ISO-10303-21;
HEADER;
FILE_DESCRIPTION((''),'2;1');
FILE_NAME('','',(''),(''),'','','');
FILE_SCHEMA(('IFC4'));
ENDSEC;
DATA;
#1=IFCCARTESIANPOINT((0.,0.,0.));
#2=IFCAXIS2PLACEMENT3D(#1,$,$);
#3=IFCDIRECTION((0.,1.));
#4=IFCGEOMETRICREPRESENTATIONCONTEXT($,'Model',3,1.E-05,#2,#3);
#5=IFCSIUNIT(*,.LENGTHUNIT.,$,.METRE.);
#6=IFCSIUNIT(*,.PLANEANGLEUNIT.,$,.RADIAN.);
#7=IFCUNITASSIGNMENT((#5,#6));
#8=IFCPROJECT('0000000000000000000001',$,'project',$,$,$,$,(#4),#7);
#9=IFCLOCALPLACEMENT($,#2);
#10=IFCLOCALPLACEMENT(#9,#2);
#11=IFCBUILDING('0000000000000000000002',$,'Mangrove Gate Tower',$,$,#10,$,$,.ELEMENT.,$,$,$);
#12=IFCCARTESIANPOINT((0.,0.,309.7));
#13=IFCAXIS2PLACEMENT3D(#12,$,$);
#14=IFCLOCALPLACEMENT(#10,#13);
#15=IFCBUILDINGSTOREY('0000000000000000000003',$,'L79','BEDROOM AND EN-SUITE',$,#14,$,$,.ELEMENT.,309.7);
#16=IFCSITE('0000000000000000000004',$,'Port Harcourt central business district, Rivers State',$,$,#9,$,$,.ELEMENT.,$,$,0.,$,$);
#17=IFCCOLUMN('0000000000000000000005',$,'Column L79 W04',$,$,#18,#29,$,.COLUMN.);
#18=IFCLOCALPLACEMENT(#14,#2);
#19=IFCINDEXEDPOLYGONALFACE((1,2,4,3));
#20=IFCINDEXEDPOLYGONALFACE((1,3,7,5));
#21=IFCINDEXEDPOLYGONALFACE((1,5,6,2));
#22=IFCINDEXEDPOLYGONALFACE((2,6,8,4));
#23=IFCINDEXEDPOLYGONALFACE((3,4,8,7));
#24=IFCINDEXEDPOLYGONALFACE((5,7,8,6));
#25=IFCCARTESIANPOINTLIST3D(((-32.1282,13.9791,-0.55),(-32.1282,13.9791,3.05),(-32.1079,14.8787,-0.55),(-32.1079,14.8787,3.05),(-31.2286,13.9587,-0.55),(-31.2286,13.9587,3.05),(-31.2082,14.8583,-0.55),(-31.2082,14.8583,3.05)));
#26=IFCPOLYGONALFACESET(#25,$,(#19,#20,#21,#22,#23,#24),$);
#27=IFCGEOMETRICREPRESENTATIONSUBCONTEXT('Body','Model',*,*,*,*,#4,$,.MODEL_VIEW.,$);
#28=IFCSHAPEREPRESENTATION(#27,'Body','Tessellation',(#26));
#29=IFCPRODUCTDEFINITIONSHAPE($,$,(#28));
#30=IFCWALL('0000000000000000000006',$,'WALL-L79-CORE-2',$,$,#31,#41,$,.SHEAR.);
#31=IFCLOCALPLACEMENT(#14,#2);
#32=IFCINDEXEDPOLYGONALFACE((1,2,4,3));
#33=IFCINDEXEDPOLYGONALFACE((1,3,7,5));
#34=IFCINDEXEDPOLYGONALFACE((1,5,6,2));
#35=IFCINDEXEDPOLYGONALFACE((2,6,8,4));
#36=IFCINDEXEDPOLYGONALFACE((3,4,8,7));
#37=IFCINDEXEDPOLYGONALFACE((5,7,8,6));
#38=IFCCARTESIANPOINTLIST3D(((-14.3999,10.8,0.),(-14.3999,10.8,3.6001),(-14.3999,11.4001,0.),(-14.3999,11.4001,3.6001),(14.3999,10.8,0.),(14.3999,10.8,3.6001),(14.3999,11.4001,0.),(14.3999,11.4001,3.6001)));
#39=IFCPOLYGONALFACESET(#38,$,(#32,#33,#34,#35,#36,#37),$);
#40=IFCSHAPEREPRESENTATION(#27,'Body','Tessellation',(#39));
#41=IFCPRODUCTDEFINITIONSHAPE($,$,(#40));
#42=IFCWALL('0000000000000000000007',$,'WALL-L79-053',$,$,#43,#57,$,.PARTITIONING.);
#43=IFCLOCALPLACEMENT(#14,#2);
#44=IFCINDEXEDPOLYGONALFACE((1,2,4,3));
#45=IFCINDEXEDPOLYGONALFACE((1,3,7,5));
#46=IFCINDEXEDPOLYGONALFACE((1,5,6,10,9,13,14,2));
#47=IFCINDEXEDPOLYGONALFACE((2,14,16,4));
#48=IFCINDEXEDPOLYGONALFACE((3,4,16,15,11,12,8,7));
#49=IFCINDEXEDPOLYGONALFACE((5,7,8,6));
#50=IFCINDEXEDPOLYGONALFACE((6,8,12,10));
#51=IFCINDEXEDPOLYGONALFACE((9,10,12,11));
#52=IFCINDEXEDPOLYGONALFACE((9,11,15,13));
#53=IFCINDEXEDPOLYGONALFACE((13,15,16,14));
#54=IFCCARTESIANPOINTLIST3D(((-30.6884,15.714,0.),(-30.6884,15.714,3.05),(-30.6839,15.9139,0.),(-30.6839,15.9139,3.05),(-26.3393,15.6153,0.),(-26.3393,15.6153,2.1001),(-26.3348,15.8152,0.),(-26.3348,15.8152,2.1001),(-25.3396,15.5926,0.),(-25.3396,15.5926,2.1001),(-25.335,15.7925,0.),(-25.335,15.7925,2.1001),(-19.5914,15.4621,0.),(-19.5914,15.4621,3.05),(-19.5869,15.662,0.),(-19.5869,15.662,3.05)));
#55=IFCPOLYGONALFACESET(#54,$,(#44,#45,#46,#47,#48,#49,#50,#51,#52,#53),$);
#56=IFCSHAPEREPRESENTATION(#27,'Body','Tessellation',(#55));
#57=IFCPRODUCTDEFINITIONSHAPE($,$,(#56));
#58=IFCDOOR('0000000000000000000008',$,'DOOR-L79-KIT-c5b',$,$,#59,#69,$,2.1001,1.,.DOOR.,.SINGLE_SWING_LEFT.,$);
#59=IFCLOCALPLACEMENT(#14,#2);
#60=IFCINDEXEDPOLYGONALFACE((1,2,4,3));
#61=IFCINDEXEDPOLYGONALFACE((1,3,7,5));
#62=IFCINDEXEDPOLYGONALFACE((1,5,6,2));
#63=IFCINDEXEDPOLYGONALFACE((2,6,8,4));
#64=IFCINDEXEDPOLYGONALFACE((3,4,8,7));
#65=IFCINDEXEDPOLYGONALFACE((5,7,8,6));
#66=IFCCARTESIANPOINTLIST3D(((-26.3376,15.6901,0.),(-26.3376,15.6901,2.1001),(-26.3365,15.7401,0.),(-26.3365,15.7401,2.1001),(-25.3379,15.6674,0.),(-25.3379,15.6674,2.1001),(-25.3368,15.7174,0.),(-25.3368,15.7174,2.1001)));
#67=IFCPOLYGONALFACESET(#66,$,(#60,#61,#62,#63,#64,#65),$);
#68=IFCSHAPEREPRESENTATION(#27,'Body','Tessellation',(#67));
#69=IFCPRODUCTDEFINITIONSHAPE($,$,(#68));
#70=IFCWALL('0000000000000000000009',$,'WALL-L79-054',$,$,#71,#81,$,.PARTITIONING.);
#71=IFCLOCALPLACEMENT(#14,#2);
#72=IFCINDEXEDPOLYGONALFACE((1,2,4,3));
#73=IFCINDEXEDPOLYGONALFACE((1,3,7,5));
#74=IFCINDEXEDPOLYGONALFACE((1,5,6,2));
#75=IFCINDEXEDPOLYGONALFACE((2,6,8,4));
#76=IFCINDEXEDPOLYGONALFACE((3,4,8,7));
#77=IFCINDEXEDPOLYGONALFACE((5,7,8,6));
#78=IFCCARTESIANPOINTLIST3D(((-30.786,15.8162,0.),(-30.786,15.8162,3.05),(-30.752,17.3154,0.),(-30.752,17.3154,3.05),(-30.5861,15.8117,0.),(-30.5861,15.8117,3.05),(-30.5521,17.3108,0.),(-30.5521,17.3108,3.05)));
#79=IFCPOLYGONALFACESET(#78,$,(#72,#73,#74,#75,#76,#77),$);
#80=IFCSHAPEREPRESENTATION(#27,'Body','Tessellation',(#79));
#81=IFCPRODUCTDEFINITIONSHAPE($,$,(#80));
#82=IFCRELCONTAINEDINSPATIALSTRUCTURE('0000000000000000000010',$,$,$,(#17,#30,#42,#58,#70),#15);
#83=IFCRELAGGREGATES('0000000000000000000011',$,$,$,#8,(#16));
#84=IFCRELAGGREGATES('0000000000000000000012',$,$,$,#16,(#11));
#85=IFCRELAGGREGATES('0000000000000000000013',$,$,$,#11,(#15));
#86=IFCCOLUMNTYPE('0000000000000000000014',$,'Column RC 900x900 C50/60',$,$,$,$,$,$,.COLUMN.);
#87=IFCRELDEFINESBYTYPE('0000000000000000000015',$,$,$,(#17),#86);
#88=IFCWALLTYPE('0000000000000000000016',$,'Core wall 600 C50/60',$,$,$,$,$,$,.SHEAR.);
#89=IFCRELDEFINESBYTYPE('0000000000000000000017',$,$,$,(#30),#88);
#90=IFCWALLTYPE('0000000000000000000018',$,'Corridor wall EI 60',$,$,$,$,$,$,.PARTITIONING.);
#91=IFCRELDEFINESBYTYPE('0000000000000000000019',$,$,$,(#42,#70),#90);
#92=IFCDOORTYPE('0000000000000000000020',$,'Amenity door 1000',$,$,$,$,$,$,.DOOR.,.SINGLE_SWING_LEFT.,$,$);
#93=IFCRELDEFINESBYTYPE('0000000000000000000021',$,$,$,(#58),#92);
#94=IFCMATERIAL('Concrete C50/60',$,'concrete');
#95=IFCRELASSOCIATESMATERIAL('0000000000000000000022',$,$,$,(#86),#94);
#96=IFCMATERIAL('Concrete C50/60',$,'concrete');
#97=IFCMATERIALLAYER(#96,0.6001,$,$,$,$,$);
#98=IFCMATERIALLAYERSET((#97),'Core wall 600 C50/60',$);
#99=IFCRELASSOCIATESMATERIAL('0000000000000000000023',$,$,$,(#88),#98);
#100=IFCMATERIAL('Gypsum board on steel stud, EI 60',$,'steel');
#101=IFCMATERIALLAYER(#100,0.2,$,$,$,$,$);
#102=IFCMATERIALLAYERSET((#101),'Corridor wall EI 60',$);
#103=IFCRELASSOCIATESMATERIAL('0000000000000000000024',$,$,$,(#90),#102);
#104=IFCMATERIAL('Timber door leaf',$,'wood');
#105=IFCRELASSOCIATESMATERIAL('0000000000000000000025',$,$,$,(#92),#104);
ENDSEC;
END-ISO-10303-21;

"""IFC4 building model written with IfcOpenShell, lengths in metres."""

from ifc_helpers import new_model, si_unit, direction, frame, frame_2d, origin, origin_2d, place, context, subcontext, project, spatial, rectangle, extrude, material, layer, layer_set, material_profile, profile_set, type_object, element, fill, save


model = new_model("IFC4")

# Units and contexts
model_context = context("Model", 3, precision=1e-05, world=origin(), true_north=direction((0.0, 1.0)))
body_context = subcontext(model_context, "Body", "Model", "MODEL_VIEW")
ifc_project = project(units=[si_unit("LENGTHUNIT", "METRE"), si_unit("PLANEANGLEUNIT", "RADIAN")], contexts=[model_context])

# Site, building, storey
site_placement = place(None, origin())
site = spatial("IfcSite", under=ifc_project, at=site_placement, Name="Port Harcourt central business district, Rivers State", CompositionType="ELEMENT", RefElevation=0.0)
building_placement = place(site_placement, origin())
building = spatial("IfcBuilding", under=site, at=building_placement, Name="Mangrove Gate Tower", CompositionType="ELEMENT")
storey_placement = place(building_placement, frame((0.0, 0.0, 309.7)))
storey = spatial("IfcBuildingStorey", under=building, at=storey_placement, Name="L79", Description="BEDROOM AND EN-SUITE", CompositionType="ELEMENT", Elevation=309.7)

# Column
ifc_material_1 = material(Name="Concrete C50/60", Category="concrete")
ifc_material_profile = material_profile(ifc_material_1, rectangle(XDim=0.8999, YDim=0.8999, at=origin_2d()))
ifc_profile_set = profile_set([ifc_material_profile], Name="Concrete C50/60")
column_type = type_object("IfcColumnType", Name="Column RC 900x900 C50/60", PredefinedType="COLUMN", material=ifc_profile_set)
column_placement = place(storey_placement, frame((-31.6682, 14.4187, -0.55), z_axis=(0.0, 0.0, 1.0), x_axis=(-0.022656, -0.999743, 0.0)))
element("IfcColumn", 1, at=column_placement, inside=storey, type_object=column_type, Name="Column L79 W04", PredefinedType="COLUMN", context=body_context, shape_type="SweptSolid", body=[
    extrude(rectangle(XDim=0.8999, YDim=0.8999, at=origin_2d()), origin(), (0.0, 0.0, 1.0), 3.6001),
])

# Wall
ifc_material_2 = material(Name="Concrete C50/60", Category="concrete")
ifc_layer_1 = layer(ifc_material_2, 0.6001)
ifc_layer_set_1 = layer_set([ifc_layer_1], Name="Core wall 600 C50/60")
wall_type_1 = type_object("IfcWallType", Name="Core wall 600 C50/60", PredefinedType="SHEAR", material=ifc_layer_set_1)
wall_1_placement = place(storey_placement, frame((-14.3999, 11.1001, 0.0), z_axis=(0.0, 0.0, 1.0), x_axis=(1.0, 0.0, 0.0)))
element("IfcWall", 2, at=wall_1_placement, inside=storey, type_object=wall_type_1, Name="WALL-L79-CORE-2", PredefinedType="SHEAR", context=body_context, shape_type="SweptSolid", body=[
    extrude(rectangle(XDim=28.7998, YDim=0.6001, at=frame_2d((14.3999, 0.0))), origin(), (0.0, 0.0, 1.0), 3.6001),
])

# Wall, opening, door
ifc_material_3 = material(Name="Gypsum board on steel stud, EI 60", Category="steel")
ifc_layer_2 = layer(ifc_material_3, 0.2)
ifc_layer_set_2 = layer_set([ifc_layer_2], Name="Corridor wall EI 60")
wall_type_2 = type_object("IfcWallType", Name="Corridor wall EI 60", PredefinedType="PARTITIONING", material=ifc_layer_set_2)
wall_2_placement = place(storey_placement, frame((-30.686, 15.814, 0.0), z_axis=(0.0, 0.0, 1.0), x_axis=(0.999742, -0.022699, 0.0)))
wall_2 = element("IfcWall", 3, at=wall_2_placement, inside=storey, type_object=wall_type_2, Name="WALL-L79-053", PredefinedType="PARTITIONING", context=body_context, shape_type="SweptSolid", body=[
    extrude(rectangle(XDim=11.0999, YDim=0.2, at=frame_2d((5.5498, 0.0))), origin(), (0.0, 0.0, 1.0), 3.05),
])
opening_placement = place(wall_2_placement, frame((4.3501, 0.0, 0.0)))
opening = element("IfcOpeningElement", 4, at=opening_placement, cuts=wall_2, PredefinedType="OPENING", context=body_context, shape_type="SweptSolid", body=[
    extrude(rectangle(XDim=1.0, YDim=2.1001, at=frame_2d((0.5, 1.05))), frame((0.0, 0.1099, 0.0), z_axis=(0.0, -1.0, 0.0), x_axis=(1.0, 0.0, 0.0)), (0.0, 0.0, 1.0), 0.22),
])
ifc_material_4 = material(Name="Timber door leaf", Category="wood")
door_type = type_object("IfcDoorType", Name="Amenity door 1000", OperationType="SINGLE_SWING_LEFT", PredefinedType="DOOR", material=ifc_material_4)
door_placement = place(opening_placement, origin())
door = element("IfcDoor", 5, at=door_placement, inside=storey, type_object=door_type, Name="DOOR-L79-KIT-c5b", OperationType="SINGLE_SWING_LEFT", OverallHeight=2.1001, OverallWidth=1.0, PredefinedType="DOOR", context=body_context, shape_type="SweptSolid", body=[
    extrude(rectangle(XDim=1.0, YDim=2.1001, at=frame_2d((0.5, 1.05))), frame((0.0, 0.0249, 0.0), z_axis=(0.0, -1.0, 0.0), x_axis=(1.0, 0.0, 0.0)), (0.0, 0.0, 1.0), 0.05),
])
fill(opening, door)

# Wall
wall_3_placement = place(storey_placement, frame((-30.686, 15.814, 0.0), z_axis=(0.0, 0.0, 1.0), x_axis=(0.022633, 0.999744, 0.0)))
element("IfcWall", 6, at=wall_3_placement, inside=storey, type_object=wall_type_2, Name="WALL-L79-054", PredefinedType="PARTITIONING", context=body_context, shape_type="SweptSolid", body=[
    extrude(rectangle(XDim=1.4995, YDim=0.2, at=frame_2d((0.7498, 0.0))), origin(), (0.0, 0.0, 1.0), 3.05),
])

save(model, "model.ifc")
